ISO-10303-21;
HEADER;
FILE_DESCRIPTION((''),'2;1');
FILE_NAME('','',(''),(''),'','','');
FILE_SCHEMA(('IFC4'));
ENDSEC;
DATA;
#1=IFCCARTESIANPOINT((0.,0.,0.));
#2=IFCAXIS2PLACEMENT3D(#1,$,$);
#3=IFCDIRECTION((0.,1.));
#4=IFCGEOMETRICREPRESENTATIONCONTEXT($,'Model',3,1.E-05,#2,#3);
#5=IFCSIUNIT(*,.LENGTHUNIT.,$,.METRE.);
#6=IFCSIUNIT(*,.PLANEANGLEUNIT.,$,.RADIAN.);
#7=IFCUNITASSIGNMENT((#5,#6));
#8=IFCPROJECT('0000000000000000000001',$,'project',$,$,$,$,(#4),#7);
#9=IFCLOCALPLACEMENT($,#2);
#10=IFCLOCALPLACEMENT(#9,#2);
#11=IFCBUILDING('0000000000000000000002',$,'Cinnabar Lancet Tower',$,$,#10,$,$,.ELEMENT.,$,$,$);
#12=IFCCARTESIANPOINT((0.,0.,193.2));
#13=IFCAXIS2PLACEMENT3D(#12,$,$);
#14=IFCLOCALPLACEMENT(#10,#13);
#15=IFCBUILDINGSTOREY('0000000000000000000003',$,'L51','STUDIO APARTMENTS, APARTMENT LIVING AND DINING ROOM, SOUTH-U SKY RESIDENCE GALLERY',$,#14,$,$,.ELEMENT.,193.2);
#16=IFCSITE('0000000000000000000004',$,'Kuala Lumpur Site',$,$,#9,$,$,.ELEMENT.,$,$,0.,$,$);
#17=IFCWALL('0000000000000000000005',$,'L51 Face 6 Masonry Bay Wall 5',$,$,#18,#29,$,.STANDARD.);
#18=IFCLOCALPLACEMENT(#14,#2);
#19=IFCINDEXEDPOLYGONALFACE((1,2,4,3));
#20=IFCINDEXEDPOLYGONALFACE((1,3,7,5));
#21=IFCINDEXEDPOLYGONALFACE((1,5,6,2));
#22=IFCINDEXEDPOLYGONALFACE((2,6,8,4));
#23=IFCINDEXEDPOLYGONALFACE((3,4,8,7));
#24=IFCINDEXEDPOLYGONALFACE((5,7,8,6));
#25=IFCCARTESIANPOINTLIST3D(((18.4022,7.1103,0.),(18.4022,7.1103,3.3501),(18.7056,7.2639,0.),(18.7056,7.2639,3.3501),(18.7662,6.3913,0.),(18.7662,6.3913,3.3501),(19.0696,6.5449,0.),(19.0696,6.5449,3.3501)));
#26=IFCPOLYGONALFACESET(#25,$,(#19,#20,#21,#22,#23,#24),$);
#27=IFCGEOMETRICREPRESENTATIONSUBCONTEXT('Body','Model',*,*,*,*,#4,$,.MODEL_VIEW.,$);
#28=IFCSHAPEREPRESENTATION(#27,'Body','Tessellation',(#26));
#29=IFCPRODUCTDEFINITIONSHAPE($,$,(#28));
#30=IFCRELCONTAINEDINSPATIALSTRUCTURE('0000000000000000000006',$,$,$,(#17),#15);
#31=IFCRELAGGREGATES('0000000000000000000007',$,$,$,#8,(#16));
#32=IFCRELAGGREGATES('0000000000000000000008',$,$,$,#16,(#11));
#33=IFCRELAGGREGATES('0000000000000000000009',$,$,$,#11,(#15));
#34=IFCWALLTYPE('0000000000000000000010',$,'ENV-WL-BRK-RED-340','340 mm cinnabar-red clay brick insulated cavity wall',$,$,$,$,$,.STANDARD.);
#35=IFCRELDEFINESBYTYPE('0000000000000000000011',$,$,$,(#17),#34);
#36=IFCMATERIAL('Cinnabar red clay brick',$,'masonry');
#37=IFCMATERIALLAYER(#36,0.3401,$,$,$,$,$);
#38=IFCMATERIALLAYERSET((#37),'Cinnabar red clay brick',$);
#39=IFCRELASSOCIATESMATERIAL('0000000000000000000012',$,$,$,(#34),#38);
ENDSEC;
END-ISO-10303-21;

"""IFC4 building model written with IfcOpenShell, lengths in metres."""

from ifc_helpers import new_model, si_unit, direction, frame, frame_2d, origin, place, context, subcontext, project, spatial, rectangle, extrude, material, layer, layer_set, type_object, element, save


model = new_model("IFC4")

# Units and contexts
model_context = context("Model", 3, precision=1e-05, world=origin(), true_north=direction((0.0, 1.0)))
body_context = subcontext(model_context, "Body", "Model", "MODEL_VIEW")
ifc_project = project(units=[si_unit("LENGTHUNIT", "METRE"), si_unit("PLANEANGLEUNIT", "RADIAN")], contexts=[model_context])

# Site, building, storey
site_placement = place(None, origin())
site = spatial("IfcSite", under=ifc_project, at=site_placement, Name="Kuala Lumpur Site", CompositionType="ELEMENT", RefElevation=0.0)
building_placement = place(site_placement, origin())
building = spatial("IfcBuilding", under=site, at=building_placement, Name="Cinnabar Lancet Tower", CompositionType="ELEMENT")
storey_placement = place(building_placement, frame((0.0, 0.0, 193.2)))
storey = spatial("IfcBuildingStorey", under=building, at=storey_placement, Name="L51", Description="STUDIO APARTMENTS, APARTMENT LIVING AND DINING ROOM, SOUTH-U SKY RESIDENCE GALLERY", CompositionType="ELEMENT", Elevation=193.2)

# Shared definitions
ifc_material_1 = material(Name="Cinnabar red clay brick", Category="masonry")
ifc_layer_1 = layer(ifc_material_1, 0.3401)
ifc_layer_set_1 = layer_set([ifc_layer_1], Name="Cinnabar red clay brick")
wall_type_1 = type_object("IfcWallType", Name="ENV-WL-BRK-RED-340", Description="340 mm cinnabar-red clay brick insulated cavity wall", PredefinedType="STANDARD", material=ifc_layer_set_1)

# Wall
wall_1_placement = place(storey_placement, frame((18.554, 7.187, 0.0), z_axis=(0.0, 0.0, 1.0), x_axis=(0.451692, -0.892174, 0.0)))
element("IfcWall", 1, at=wall_1_placement, inside=storey, type_object=wall_type_1, Name="L51 Face 6 Masonry Bay Wall 5", PredefinedType="STANDARD", context=body_context, shape_type="SweptSolid", body=[
    extrude(rectangle(XDim=0.8059, YDim=0.3401, at=frame_2d((0.4028, 0.0))), origin(), (0.0, 0.0, 1.0), 3.3501),
])

save(model, "model.ifc")
